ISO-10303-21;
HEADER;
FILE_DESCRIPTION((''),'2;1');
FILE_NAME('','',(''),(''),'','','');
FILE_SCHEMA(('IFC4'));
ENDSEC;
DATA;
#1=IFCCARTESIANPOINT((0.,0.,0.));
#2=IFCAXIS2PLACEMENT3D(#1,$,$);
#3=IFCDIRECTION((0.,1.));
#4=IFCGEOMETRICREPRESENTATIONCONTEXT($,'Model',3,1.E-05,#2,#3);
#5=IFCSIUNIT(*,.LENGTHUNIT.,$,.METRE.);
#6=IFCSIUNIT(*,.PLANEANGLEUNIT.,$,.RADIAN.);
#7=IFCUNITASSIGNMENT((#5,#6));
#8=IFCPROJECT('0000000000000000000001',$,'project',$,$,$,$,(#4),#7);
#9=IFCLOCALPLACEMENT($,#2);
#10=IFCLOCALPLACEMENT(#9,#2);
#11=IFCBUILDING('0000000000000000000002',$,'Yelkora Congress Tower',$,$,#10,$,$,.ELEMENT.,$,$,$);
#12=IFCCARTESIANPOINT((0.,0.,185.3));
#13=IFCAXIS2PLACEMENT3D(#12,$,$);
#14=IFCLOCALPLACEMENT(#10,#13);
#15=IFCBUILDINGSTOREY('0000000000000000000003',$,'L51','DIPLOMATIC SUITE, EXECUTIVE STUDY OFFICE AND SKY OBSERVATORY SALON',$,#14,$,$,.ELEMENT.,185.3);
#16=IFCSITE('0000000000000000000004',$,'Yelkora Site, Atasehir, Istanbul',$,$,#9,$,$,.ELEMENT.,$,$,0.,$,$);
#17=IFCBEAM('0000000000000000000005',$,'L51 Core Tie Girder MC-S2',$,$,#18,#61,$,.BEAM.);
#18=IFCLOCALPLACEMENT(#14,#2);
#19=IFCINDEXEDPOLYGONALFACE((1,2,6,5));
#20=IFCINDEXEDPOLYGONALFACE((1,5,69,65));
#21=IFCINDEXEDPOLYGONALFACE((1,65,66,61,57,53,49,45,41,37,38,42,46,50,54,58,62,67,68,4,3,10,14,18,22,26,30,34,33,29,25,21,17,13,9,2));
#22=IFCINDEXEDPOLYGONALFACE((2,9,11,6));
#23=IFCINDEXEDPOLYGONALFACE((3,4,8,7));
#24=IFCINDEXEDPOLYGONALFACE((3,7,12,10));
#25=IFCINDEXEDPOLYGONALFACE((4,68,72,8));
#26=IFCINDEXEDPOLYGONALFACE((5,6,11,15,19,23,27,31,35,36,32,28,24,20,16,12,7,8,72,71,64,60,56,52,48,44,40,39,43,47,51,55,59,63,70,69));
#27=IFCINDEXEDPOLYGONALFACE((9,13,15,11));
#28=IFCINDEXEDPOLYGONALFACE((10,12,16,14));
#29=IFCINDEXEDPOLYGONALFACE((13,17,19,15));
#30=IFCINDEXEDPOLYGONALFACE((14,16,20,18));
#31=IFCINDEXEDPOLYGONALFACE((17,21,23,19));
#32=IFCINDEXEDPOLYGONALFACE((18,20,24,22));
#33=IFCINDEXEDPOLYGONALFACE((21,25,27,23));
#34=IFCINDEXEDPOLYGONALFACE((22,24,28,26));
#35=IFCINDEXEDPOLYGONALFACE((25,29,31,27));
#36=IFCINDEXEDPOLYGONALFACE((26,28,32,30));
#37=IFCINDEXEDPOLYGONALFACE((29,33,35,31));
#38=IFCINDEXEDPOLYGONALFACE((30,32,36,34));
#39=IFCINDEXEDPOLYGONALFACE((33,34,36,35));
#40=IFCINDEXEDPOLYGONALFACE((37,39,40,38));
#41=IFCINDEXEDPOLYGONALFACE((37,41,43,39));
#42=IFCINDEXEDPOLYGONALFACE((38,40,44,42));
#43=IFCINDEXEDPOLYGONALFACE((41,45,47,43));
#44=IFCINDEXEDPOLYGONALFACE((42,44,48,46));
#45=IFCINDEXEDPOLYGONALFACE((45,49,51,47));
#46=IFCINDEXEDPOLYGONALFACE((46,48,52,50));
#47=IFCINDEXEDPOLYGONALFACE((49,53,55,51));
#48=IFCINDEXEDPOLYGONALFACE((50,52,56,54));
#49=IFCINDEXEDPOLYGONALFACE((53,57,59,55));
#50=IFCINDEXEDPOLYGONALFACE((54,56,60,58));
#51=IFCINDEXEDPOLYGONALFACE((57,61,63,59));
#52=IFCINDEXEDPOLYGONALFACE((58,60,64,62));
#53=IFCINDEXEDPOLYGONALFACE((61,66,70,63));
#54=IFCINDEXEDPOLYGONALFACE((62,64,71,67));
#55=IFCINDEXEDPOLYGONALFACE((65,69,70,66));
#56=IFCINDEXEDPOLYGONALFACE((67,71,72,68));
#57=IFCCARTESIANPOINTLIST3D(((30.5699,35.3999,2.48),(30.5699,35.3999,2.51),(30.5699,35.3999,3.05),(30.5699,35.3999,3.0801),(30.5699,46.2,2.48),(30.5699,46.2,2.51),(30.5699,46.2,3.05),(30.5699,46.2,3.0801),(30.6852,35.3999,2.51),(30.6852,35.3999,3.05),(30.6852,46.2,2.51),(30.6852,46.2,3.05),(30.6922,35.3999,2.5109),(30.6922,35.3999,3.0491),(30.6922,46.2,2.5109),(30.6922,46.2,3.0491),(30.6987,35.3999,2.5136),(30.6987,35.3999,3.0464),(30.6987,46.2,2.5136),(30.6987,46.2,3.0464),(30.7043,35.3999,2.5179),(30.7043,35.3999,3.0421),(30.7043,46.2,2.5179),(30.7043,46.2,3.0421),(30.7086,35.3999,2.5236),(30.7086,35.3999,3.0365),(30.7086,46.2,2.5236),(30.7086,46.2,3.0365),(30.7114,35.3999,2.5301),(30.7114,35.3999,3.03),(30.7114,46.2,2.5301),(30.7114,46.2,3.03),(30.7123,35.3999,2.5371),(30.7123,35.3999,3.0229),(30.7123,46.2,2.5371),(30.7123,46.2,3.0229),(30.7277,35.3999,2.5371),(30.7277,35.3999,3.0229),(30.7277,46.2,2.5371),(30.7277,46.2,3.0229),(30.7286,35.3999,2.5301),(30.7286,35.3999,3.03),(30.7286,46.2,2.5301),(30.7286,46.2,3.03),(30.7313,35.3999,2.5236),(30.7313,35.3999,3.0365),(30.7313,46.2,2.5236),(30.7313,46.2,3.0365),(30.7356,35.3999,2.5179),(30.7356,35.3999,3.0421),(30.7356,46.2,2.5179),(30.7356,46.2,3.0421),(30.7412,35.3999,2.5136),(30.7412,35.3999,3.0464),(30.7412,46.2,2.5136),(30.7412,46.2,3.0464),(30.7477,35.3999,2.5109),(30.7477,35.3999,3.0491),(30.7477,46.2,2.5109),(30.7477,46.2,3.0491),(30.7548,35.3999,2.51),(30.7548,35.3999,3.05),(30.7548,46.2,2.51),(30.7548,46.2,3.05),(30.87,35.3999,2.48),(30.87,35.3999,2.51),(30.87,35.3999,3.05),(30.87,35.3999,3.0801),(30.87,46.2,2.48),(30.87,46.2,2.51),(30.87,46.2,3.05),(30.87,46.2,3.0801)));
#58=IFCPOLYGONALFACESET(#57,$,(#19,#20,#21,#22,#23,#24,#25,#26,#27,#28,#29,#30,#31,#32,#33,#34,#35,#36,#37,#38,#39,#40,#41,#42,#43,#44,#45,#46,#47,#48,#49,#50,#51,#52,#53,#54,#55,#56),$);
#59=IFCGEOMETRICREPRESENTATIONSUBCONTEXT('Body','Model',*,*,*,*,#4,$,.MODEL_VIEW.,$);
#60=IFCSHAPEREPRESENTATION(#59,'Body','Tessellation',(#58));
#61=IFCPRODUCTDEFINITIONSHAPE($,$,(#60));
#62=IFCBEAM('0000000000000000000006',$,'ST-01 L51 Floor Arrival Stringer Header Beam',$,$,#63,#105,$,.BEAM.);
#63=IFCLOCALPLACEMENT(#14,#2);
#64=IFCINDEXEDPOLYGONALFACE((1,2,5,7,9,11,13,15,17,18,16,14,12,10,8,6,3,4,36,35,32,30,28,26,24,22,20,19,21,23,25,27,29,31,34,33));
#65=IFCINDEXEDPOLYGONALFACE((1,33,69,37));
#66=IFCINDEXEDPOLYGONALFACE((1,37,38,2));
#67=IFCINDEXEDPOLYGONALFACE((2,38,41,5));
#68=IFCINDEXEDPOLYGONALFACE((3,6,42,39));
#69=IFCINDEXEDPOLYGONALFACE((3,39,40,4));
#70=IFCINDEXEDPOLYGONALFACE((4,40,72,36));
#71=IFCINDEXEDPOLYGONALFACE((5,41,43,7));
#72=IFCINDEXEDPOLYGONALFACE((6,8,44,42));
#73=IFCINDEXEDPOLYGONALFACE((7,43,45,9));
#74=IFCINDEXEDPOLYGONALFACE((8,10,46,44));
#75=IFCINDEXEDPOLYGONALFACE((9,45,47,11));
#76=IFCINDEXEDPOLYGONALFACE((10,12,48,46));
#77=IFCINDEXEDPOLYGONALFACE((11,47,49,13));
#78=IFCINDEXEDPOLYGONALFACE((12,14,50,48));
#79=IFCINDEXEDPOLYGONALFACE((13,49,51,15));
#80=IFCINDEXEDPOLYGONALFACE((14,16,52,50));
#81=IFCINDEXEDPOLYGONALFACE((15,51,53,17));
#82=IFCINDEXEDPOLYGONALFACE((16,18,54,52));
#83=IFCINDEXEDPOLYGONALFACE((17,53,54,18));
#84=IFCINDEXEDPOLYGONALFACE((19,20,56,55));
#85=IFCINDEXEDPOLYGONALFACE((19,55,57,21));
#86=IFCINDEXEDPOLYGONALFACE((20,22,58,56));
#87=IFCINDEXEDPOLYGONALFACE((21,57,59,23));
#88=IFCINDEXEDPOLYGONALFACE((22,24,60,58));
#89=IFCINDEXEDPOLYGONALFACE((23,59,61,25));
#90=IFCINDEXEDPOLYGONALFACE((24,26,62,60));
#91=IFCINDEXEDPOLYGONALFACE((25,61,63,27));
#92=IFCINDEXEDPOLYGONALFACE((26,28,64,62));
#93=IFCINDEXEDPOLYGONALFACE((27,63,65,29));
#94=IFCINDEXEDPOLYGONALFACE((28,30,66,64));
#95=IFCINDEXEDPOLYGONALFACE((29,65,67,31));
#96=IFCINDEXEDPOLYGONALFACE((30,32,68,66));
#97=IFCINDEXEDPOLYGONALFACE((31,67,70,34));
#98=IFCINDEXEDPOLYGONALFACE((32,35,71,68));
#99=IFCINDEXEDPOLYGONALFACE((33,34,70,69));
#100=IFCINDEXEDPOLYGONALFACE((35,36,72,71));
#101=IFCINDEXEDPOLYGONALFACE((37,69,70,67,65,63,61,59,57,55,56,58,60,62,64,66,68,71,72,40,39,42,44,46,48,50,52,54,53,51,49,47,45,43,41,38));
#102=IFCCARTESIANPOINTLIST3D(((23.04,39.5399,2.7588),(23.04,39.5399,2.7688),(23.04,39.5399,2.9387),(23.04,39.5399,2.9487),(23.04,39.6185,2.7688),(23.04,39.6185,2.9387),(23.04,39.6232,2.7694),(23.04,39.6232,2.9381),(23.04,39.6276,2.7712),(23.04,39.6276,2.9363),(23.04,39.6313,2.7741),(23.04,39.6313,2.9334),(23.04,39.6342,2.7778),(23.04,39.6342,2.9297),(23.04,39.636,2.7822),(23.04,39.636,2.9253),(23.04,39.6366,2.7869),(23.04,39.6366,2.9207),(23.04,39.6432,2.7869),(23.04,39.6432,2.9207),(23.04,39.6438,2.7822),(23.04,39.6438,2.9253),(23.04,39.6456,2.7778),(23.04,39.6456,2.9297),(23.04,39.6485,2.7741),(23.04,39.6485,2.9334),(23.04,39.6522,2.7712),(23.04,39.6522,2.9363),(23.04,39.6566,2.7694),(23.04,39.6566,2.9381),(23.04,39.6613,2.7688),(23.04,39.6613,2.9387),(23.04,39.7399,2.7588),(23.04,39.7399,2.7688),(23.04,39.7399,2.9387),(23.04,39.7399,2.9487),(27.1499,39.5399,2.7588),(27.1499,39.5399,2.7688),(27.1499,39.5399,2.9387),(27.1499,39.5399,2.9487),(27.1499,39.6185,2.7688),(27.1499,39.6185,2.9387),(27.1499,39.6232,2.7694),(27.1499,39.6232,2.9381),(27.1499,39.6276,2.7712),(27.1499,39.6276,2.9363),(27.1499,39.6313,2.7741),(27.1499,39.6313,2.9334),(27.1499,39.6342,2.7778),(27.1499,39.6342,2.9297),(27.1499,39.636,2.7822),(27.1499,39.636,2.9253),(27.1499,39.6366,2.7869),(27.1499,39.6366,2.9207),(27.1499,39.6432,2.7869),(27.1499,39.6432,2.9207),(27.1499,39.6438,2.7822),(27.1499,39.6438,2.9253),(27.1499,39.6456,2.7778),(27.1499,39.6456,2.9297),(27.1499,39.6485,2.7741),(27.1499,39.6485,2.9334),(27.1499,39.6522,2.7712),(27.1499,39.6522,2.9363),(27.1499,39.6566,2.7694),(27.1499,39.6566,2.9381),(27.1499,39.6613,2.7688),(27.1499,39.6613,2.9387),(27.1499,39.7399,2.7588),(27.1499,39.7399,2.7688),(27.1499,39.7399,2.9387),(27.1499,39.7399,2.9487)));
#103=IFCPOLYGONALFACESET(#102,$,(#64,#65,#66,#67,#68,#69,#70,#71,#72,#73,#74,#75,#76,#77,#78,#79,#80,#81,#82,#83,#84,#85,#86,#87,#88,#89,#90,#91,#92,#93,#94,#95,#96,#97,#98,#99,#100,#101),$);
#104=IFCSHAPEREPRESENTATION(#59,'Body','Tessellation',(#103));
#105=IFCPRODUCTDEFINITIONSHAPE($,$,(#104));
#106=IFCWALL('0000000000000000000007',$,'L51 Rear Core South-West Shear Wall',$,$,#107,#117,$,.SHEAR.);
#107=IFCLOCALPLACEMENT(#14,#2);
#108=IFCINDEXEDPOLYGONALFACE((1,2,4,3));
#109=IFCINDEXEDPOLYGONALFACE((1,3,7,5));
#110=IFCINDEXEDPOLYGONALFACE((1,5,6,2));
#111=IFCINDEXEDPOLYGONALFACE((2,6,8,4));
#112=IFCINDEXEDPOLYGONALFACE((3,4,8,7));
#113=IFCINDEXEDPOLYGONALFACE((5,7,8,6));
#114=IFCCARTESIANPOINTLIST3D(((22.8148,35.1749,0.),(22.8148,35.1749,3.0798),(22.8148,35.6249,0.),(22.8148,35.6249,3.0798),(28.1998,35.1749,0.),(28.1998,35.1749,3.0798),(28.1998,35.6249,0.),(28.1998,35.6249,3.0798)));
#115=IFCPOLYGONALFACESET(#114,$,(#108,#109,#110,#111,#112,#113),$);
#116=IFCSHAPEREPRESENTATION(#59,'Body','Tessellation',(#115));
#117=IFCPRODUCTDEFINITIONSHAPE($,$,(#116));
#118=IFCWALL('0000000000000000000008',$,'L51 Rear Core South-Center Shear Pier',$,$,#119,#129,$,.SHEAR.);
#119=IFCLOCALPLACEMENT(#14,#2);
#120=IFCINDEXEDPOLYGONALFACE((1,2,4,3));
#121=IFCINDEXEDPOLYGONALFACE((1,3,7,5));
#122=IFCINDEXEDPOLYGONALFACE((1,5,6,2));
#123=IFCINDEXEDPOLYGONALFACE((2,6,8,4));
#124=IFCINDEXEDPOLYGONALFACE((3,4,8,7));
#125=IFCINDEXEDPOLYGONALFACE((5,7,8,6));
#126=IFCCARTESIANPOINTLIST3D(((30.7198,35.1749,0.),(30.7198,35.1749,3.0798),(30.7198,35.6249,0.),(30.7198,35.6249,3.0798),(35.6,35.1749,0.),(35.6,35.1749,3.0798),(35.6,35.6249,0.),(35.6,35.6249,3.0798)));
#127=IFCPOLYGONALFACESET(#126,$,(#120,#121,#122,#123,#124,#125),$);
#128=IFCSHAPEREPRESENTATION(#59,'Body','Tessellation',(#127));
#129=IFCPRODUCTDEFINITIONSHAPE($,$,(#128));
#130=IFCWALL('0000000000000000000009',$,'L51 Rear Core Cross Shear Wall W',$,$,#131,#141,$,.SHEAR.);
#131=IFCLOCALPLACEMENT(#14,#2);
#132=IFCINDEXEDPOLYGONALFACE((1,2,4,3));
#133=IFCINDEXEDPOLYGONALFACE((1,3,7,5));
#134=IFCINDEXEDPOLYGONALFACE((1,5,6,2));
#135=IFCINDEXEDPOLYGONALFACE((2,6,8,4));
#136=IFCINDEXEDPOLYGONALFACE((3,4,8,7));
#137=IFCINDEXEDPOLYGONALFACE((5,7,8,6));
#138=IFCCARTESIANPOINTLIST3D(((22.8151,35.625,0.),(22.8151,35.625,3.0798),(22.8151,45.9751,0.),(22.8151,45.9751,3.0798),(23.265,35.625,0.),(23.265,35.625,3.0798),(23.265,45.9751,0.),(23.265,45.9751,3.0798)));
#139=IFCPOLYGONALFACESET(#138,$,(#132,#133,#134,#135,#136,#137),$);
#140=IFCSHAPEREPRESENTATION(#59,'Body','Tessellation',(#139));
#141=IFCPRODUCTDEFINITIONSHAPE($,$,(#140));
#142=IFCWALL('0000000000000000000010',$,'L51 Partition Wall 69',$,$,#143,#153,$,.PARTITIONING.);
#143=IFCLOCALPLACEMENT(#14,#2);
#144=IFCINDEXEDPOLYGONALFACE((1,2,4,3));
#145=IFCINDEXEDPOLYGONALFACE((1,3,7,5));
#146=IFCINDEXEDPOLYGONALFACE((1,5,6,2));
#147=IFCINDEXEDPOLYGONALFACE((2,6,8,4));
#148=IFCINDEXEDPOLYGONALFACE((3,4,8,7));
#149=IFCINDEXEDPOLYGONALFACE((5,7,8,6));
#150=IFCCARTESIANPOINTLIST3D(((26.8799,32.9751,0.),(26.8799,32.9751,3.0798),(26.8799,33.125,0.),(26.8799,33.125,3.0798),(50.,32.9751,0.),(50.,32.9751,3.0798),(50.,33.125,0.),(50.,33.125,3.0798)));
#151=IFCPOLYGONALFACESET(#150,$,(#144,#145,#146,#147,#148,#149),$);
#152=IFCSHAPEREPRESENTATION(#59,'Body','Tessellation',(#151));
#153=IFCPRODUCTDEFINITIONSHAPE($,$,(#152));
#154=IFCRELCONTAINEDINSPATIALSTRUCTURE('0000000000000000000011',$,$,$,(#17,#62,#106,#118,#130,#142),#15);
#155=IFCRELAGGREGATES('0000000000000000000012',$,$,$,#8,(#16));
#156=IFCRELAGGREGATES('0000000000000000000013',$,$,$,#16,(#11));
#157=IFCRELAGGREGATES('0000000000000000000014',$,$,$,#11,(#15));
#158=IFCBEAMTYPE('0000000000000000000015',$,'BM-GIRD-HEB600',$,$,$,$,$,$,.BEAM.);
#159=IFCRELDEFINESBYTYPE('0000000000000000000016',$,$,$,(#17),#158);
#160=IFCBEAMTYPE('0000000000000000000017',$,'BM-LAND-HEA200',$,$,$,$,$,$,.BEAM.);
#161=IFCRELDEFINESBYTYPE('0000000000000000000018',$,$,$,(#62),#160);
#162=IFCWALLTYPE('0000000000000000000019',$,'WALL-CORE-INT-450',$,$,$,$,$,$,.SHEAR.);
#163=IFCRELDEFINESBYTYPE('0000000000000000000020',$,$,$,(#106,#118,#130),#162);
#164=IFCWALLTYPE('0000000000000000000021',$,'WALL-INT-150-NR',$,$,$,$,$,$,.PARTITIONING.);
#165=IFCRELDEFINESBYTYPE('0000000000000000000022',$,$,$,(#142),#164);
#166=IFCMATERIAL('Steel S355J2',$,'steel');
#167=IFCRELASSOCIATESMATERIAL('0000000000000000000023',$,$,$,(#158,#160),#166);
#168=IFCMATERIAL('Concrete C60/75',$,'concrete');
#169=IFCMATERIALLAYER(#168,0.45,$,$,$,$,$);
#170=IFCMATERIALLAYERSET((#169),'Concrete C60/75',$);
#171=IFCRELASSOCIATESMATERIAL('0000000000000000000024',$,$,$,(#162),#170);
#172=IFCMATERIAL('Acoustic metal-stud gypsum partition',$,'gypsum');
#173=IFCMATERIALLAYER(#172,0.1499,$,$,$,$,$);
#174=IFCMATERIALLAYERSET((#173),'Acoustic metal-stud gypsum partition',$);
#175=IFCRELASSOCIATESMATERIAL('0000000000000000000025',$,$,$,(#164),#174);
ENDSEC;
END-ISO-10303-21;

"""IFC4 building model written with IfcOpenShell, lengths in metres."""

from ifc_helpers import new_model, si_unit, direction, frame, frame_2d, origin, origin_2d, place, context, subcontext, project, spatial, rectangle, i_section, extrude, material, layer, layer_set, material_profile, profile_set, type_object, element, save


model = new_model("IFC4")

# Units and contexts
model_context = context("Model", 3, precision=1e-05, world=origin(), true_north=direction((0.0, 1.0)))
body_context = subcontext(model_context, "Body", "Model", "MODEL_VIEW")
ifc_project = project(units=[si_unit("LENGTHUNIT", "METRE"), si_unit("PLANEANGLEUNIT", "RADIAN")], contexts=[model_context])

# Site, building, storey
site_placement = place(None, origin())
site = spatial("IfcSite", under=ifc_project, at=site_placement, Name="Yelkora Site, Atasehir, Istanbul", CompositionType="ELEMENT", RefElevation=0.0)
building_placement = place(site_placement, origin())
building = spatial("IfcBuilding", under=site, at=building_placement, Name="Yelkora Congress Tower", CompositionType="ELEMENT")
storey_placement = place(building_placement, frame((0.0, 0.0, 185.3)))
storey = spatial("IfcBuildingStorey", under=building, at=storey_placement, Name="L51", Description="DIPLOMATIC SUITE, EXECUTIVE STUDY OFFICE AND SKY OBSERVATORY SALON", CompositionType="ELEMENT", Elevation=185.3)

# Beams
ifc_material_1 = material(Name="Steel S355J2", Category="steel")
ifc_material_profile_1 = material_profile(ifc_material_1, i_section(OverallWidth=0.3, OverallDepth=0.6001, WebThickness=0.0154, FlangeThickness=0.03, FilletRadius=0.0271, at=origin_2d()), Name="HEB 600")
ifc_profile_set_1 = profile_set([ifc_material_profile_1], Name="Steel S355J2")
beam_type_1 = type_object("IfcBeamType", Name="BM-GIRD-HEB600", PredefinedType="BEAM", material=ifc_profile_set_1)
beam_1_placement = place(storey_placement, frame((30.72, 35.3999, 2.78), z_axis=(0.0, 1.0, 0.0), x_axis=(-1.0, 0.0, 0.0)))
element("IfcBeam", 1, at=beam_1_placement, inside=storey, type_object=beam_type_1, Name="L51 Core Tie Girder MC-S2", PredefinedType="BEAM", context=body_context, shape_type="SweptSolid", body=[
    extrude(i_section(OverallWidth=0.3, OverallDepth=0.6001, WebThickness=0.0154, FlangeThickness=0.03, FilletRadius=0.0271, at=origin_2d()), origin(), (0.0, 0.0, 1.0), 10.8),
])
ifc_material_profile_2 = material_profile(ifc_material_1, i_section(OverallWidth=0.2, OverallDepth=0.1899, WebThickness=0.0066, FlangeThickness=0.01, FilletRadius=0.0181, at=origin_2d()), Name="HEA 200")
ifc_profile_set_2 = profile_set([ifc_material_profile_2], Name="Steel S355J2")
beam_type_2 = type_object("IfcBeamType", Name="BM-LAND-HEA200", PredefinedType="BEAM", material=ifc_profile_set_2)
beam_2_placement = place(storey_placement, frame((23.04, 39.6399, 2.8538), z_axis=(1.0, 0.0, 0.0), x_axis=(0.0, 1.0, 0.0)))
element("IfcBeam", 2, at=beam_2_placement, inside=storey, type_object=beam_type_2, Name="ST-01 L51 Floor Arrival Stringer Header Beam", PredefinedType="BEAM", context=body_context, shape_type="SweptSolid", body=[
    extrude(i_section(OverallWidth=0.2, OverallDepth=0.1899, WebThickness=0.0066, FlangeThickness=0.01, FilletRadius=0.0181, at=origin_2d()), origin(), (0.0, 0.0, 1.0), 4.1099),
])

# Walls
ifc_material_2 = material(Name="Concrete C60/75", Category="concrete")
ifc_layer_1 = layer(ifc_material_2, 0.45)
ifc_layer_set_1 = layer_set([ifc_layer_1], Name="Concrete C60/75")
wall_type_1 = type_object("IfcWallType", Name="WALL-CORE-INT-450", PredefinedType="SHEAR", material=ifc_layer_set_1)
wall_1_placement = place(storey_placement, frame((22.8149, 35.3999, 0.0), z_axis=(0.0, 0.0, 1.0), x_axis=(1.0, 0.0, 0.0)))
element("IfcWall", 3, at=wall_1_placement, inside=storey, type_object=wall_type_1, Name="L51 Rear Core South-West Shear Wall", PredefinedType="SHEAR", context=body_context, shape_type="SweptSolid", body=[
    extrude(rectangle(XDim=5.385, YDim=0.45, at=frame_2d((2.6924, 0.0))), origin(), (0.0, 0.0, 1.0), 3.0798),
])
wall_2_placement = place(storey_placement, frame((30.72, 35.3999, 0.0), z_axis=(0.0, 0.0, 1.0), x_axis=(1.0, 0.0, 0.0)))
element("IfcWall", 4, at=wall_2_placement, inside=storey, type_object=wall_type_1, Name="L51 Rear Core South-Center Shear Pier", PredefinedType="SHEAR", context=body_context, shape_type="SweptSolid", body=[
    extrude(rectangle(XDim=4.8801, YDim=0.45, at=frame_2d((2.4399, 0.0))), origin(), (0.0, 0.0, 1.0), 3.0798),
])
wall_3_placement = place(storey_placement, frame((23.04, 35.625, 0.0), z_axis=(0.0, 0.0, 1.0), x_axis=(0.0, 1.0, 0.0)))
element("IfcWall", 5, at=wall_3_placement, inside=storey, type_object=wall_type_1, Name="L51 Rear Core Cross Shear Wall W", PredefinedType="SHEAR", context=body_context, shape_type="SweptSolid", body=[
    extrude(rectangle(XDim=10.3501, YDim=0.45, at=frame_2d((5.175, 0.0))), origin(), (0.0, 0.0, 1.0), 3.0798),
])

# Wall
ifc_material_3 = material(Name="Acoustic metal-stud gypsum partition", Category="gypsum")
ifc_layer_2 = layer(ifc_material_3, 0.1499)
ifc_layer_set_2 = layer_set([ifc_layer_2], Name="Acoustic metal-stud gypsum partition")
wall_type_2 = type_object("IfcWallType", Name="WALL-INT-150-NR", PredefinedType="PARTITIONING", material=ifc_layer_set_2)
wall_4_placement = place(storey_placement, frame((26.8799, 33.05, 0.0), z_axis=(0.0, 0.0, 1.0), x_axis=(1.0, 0.0, 0.0)))
element("IfcWall", 6, at=wall_4_placement, inside=storey, type_object=wall_type_2, Name="L51 Partition Wall 69", PredefinedType="PARTITIONING", context=body_context, shape_type="SweptSolid", body=[
    extrude(rectangle(XDim=23.1201, YDim=0.1499, at=frame_2d((11.5601, 0.0))), origin(), (0.0, 0.0, 1.0), 3.0798),
])

save(model, "model.ifc")
